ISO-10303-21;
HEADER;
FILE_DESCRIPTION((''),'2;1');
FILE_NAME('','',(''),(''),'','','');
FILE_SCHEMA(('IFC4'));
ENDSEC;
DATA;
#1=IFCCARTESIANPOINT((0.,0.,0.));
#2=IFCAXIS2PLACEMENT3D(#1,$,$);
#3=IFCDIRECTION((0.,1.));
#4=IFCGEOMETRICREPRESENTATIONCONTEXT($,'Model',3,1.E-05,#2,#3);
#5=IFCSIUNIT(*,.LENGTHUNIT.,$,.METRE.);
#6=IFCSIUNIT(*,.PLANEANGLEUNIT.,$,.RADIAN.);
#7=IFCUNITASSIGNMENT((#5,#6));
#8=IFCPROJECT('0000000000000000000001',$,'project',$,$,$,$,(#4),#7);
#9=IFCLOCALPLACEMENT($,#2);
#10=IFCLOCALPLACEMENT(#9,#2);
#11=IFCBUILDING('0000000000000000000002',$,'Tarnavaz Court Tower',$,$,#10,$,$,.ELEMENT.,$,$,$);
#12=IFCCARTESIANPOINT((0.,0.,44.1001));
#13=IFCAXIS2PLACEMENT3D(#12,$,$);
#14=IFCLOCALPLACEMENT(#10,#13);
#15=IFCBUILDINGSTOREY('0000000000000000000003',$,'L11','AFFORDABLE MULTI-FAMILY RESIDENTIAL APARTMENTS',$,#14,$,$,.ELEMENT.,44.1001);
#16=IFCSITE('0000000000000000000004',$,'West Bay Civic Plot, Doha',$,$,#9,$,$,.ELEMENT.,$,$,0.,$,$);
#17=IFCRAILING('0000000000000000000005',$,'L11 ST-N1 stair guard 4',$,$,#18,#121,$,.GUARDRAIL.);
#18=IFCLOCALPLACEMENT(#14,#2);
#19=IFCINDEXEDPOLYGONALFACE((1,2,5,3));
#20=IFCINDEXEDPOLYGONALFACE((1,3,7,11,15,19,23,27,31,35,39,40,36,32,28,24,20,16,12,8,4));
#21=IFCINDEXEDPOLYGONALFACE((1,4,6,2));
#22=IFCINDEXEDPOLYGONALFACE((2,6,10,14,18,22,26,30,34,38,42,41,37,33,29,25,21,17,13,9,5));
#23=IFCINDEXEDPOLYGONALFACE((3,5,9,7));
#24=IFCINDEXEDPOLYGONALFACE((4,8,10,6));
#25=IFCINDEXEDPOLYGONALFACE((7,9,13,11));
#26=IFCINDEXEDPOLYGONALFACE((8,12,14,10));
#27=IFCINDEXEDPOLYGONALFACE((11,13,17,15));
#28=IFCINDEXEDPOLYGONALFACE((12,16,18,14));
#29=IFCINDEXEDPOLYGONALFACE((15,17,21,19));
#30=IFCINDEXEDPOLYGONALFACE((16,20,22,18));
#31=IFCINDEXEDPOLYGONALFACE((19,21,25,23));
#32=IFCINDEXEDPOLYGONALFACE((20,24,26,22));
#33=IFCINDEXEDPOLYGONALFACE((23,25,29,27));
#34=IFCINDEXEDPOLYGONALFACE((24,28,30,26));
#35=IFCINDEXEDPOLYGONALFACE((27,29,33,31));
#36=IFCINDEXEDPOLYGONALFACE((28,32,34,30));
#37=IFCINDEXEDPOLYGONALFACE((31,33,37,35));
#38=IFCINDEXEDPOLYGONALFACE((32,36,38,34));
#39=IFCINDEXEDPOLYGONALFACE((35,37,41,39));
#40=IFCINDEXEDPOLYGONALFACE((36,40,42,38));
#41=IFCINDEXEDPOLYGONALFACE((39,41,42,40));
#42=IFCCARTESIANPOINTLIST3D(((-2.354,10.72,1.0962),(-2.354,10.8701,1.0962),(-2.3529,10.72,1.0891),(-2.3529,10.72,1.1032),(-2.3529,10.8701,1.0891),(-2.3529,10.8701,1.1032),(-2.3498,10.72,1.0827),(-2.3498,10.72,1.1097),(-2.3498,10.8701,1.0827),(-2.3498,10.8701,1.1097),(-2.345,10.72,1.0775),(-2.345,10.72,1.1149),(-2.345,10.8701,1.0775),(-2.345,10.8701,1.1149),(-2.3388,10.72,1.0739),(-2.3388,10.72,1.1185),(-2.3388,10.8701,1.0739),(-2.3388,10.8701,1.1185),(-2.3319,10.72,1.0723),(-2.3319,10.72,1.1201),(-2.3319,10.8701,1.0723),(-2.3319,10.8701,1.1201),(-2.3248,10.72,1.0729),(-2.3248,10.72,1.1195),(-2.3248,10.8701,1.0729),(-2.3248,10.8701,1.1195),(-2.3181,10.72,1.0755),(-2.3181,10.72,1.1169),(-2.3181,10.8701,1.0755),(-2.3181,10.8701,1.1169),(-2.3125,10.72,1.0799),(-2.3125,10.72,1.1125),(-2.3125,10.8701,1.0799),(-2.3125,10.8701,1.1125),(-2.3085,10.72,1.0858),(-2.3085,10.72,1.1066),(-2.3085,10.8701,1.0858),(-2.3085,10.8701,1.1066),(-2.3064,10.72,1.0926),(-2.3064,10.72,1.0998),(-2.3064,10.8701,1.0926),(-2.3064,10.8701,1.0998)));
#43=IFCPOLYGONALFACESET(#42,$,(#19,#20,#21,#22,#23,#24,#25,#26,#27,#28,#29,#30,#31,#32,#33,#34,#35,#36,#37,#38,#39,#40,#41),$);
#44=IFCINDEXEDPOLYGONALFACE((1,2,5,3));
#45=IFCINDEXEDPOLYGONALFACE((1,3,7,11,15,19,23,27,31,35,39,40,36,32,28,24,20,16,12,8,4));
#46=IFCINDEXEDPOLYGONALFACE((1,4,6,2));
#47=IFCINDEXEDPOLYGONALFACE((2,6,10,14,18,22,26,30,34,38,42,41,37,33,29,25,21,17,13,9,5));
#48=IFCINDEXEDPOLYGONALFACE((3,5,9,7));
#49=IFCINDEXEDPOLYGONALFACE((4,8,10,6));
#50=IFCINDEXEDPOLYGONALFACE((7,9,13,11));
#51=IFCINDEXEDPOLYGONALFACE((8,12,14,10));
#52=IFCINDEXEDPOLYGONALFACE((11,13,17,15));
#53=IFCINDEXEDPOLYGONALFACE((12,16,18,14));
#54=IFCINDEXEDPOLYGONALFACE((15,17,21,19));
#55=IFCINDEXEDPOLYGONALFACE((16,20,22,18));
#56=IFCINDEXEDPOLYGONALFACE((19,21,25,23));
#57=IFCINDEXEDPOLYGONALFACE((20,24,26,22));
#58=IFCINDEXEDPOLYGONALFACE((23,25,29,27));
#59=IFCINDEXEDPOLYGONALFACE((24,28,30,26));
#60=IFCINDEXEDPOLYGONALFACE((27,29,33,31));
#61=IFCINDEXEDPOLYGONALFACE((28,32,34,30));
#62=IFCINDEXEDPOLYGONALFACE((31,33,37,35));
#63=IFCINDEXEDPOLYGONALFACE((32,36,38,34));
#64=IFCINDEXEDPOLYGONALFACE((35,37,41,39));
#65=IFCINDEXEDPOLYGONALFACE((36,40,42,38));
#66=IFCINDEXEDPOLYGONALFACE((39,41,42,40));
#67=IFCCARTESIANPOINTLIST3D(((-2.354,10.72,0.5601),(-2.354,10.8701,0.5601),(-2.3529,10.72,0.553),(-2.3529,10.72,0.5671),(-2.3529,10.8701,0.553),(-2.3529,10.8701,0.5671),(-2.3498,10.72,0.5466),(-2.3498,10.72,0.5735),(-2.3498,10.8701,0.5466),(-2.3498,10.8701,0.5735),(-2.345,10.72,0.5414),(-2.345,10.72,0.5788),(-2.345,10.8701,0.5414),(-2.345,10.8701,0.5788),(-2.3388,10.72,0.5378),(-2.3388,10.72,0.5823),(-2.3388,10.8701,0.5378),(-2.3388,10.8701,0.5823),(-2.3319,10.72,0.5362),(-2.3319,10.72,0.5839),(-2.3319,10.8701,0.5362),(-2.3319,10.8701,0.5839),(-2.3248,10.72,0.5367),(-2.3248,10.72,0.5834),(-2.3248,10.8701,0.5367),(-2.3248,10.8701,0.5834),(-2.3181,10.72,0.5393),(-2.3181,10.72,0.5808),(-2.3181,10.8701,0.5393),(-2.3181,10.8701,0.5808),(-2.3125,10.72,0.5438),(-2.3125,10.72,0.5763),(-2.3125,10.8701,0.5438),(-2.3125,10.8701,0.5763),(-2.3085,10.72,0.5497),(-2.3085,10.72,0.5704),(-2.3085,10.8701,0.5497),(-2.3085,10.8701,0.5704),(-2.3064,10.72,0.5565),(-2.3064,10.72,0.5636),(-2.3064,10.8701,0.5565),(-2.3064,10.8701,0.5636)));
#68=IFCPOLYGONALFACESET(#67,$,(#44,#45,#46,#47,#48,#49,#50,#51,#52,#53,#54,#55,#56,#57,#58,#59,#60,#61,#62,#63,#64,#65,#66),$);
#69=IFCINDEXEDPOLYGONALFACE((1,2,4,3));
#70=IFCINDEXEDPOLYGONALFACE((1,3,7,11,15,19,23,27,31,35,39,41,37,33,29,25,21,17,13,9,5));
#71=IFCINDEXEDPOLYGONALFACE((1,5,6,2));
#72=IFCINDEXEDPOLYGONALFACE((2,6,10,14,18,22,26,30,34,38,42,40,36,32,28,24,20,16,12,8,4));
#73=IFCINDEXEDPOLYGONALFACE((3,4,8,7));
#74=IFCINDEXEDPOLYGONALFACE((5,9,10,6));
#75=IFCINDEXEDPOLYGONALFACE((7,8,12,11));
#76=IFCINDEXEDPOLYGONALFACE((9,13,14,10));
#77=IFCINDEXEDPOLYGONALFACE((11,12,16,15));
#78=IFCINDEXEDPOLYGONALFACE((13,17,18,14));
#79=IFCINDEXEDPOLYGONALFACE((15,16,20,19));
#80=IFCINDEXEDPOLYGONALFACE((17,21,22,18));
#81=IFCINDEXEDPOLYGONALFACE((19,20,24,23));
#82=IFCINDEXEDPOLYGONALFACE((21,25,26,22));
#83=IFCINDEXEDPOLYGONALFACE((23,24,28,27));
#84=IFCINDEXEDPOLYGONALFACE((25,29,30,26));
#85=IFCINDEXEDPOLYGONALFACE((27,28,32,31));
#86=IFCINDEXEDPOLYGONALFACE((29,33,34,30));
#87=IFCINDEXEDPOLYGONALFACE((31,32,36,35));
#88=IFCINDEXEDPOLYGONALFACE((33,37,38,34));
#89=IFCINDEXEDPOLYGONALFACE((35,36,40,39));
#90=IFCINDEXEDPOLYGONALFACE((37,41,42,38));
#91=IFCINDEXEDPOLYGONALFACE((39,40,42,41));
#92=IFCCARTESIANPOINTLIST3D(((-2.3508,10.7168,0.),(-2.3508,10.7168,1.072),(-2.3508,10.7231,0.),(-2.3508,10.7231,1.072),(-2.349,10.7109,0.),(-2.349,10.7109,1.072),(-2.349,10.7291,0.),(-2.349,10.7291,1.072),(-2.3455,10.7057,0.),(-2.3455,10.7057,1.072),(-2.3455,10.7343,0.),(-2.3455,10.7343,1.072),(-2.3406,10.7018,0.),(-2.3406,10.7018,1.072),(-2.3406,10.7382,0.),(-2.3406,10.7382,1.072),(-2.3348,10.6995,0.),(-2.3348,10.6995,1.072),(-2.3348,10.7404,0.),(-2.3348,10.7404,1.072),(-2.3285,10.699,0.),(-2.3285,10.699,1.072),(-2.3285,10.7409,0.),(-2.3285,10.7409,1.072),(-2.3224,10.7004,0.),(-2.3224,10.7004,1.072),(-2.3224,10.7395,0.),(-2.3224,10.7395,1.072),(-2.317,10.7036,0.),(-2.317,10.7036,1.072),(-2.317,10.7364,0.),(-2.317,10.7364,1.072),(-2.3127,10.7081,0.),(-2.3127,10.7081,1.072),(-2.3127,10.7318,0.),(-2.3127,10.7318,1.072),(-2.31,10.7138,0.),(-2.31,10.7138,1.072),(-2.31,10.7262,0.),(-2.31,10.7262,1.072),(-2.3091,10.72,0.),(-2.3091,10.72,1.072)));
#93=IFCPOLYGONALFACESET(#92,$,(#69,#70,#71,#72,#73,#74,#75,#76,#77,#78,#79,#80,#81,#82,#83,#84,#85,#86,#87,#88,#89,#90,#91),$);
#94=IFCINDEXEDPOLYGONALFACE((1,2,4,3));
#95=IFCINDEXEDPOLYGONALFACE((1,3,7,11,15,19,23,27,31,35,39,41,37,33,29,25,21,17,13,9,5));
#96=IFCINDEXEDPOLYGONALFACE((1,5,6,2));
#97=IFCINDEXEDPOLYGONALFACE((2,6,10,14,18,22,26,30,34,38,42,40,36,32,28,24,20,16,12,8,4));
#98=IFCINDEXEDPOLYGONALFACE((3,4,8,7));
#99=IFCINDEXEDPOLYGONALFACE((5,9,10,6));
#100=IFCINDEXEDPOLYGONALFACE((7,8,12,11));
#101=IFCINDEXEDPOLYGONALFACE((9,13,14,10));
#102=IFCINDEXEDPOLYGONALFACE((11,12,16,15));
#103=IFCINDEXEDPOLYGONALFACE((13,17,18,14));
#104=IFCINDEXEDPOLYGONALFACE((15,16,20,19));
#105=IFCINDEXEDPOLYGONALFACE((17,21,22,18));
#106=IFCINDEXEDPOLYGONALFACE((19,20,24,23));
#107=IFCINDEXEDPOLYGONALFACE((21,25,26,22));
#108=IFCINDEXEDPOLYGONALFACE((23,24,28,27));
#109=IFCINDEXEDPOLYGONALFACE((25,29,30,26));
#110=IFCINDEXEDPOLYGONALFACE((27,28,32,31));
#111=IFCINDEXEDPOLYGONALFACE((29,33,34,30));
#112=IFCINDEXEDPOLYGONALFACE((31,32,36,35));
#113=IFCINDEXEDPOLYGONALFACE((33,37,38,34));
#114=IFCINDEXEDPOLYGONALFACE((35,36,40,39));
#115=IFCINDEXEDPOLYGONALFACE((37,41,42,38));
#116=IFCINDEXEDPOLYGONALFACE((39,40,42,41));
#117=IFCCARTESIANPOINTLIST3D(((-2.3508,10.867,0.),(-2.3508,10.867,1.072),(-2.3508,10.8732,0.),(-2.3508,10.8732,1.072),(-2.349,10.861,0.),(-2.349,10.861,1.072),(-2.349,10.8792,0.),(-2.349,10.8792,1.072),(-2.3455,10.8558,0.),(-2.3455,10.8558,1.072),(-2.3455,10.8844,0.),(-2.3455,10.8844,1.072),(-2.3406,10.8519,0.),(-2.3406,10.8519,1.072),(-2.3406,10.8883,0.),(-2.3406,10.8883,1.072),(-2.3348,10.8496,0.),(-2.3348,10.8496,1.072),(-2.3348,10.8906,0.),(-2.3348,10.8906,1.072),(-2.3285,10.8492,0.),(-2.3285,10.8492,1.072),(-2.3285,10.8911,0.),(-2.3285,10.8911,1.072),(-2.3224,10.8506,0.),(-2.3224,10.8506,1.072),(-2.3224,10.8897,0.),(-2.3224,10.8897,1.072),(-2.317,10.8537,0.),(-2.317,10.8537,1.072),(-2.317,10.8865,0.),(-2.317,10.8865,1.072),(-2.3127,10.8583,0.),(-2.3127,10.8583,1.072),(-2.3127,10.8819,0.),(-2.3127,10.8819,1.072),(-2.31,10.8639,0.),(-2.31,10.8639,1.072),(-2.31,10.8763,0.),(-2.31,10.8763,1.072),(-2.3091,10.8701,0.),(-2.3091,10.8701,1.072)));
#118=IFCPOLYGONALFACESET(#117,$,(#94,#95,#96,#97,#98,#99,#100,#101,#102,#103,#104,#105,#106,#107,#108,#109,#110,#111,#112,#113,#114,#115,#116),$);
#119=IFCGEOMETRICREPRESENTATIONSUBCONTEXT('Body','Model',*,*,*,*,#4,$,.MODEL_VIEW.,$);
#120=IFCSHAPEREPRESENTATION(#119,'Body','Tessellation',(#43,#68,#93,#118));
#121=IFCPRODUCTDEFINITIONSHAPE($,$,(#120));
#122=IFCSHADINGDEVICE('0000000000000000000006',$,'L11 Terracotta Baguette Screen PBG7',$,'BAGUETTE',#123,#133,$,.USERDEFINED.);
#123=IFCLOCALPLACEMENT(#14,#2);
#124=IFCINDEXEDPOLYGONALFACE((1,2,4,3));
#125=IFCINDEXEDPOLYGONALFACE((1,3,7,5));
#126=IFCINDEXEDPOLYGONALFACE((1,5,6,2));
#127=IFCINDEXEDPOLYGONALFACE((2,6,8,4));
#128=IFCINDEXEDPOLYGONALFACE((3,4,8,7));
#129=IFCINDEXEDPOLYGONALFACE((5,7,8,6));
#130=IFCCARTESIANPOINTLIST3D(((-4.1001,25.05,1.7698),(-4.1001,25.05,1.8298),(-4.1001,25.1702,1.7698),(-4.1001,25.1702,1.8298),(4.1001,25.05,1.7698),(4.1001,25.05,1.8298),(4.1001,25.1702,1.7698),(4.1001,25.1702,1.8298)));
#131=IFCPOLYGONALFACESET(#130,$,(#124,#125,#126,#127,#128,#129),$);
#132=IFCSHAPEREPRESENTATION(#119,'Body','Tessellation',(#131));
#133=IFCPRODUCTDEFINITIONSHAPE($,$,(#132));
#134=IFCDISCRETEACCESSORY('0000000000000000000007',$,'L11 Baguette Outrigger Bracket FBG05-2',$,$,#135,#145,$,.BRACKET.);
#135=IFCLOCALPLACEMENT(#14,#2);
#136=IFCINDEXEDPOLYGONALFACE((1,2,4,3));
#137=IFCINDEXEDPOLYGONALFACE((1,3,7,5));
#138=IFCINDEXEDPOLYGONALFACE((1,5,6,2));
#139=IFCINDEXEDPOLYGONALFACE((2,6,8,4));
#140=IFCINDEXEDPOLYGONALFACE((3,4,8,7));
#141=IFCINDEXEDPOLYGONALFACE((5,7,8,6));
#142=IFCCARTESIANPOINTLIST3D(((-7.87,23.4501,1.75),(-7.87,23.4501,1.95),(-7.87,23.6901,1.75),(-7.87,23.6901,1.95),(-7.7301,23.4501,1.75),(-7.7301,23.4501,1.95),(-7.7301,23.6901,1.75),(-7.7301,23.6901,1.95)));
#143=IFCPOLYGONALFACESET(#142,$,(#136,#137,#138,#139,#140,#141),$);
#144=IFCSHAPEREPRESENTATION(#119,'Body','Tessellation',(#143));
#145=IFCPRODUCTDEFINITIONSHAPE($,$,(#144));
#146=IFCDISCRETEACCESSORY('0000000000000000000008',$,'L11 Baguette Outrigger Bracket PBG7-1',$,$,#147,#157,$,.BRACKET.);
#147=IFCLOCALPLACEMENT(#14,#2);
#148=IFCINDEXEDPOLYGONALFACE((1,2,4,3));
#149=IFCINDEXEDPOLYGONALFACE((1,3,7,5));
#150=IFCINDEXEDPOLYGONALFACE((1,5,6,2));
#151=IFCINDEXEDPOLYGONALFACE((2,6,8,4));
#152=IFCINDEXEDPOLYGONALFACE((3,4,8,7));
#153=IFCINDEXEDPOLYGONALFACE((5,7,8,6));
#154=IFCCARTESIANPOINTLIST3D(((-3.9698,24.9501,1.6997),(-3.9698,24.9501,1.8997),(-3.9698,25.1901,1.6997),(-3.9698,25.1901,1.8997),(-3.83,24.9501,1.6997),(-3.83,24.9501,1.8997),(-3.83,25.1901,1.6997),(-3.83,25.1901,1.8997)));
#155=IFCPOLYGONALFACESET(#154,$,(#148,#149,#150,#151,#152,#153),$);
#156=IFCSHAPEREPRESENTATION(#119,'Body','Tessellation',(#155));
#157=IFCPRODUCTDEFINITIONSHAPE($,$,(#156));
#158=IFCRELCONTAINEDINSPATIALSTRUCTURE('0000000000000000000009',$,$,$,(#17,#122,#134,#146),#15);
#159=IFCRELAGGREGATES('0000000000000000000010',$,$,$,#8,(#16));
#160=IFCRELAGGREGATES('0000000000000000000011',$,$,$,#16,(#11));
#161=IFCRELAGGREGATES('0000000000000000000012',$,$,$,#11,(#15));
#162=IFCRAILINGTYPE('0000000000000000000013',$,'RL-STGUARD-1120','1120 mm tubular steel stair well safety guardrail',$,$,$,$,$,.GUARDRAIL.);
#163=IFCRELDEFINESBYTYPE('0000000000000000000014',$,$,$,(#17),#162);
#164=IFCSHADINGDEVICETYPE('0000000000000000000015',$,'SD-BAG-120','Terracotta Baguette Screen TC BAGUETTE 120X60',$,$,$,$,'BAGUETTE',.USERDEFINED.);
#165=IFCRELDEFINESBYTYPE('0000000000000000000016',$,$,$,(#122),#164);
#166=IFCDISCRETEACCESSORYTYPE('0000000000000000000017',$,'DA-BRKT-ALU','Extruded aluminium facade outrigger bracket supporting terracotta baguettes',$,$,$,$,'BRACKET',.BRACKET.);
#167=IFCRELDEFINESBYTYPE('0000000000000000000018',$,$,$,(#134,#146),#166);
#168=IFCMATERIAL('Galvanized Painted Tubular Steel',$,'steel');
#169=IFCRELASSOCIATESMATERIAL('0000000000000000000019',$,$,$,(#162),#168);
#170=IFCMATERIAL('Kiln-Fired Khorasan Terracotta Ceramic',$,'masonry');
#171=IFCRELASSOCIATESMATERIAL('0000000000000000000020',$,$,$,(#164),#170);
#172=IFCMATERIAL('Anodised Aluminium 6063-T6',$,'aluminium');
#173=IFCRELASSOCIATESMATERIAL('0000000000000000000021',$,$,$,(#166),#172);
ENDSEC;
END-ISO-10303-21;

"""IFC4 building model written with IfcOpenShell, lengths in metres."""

from ifc_helpers import new_model, si_unit, direction, frame, origin, origin_2d, place, context, subcontext, project, spatial, rectangle, circle, extrude, material, material_profile, profile_set, type_object, element, save


model = new_model("IFC4")

# Units and contexts
model_context = context("Model", 3, precision=1e-05, world=origin(), true_north=direction((0.0, 1.0)))
body_context = subcontext(model_context, "Body", "Model", "MODEL_VIEW")
ifc_project = project(units=[si_unit("LENGTHUNIT", "METRE"), si_unit("PLANEANGLEUNIT", "RADIAN")], contexts=[model_context])

# Site, building, storey
site_placement = place(None, origin())
site = spatial("IfcSite", under=ifc_project, at=site_placement, Name="West Bay Civic Plot, Doha", CompositionType="ELEMENT", RefElevation=0.0)
building_placement = place(site_placement, origin())
building = spatial("IfcBuilding", under=site, at=building_placement, Name="Tarnavaz Court Tower", CompositionType="ELEMENT")
storey_placement = place(building_placement, frame((0.0, 0.0, 44.1001)))
storey = spatial("IfcBuildingStorey", under=building, at=storey_placement, Name="L11", Description="AFFORDABLE MULTI-FAMILY RESIDENTIAL APARTMENTS", CompositionType="ELEMENT", Elevation=44.1001)

# Shared definitions
ifc_material_1 = material(Name="Anodised Aluminium 6063-T6", Category="aluminium")

# Railing
ifc_material_2 = material(Name="Galvanized Painted Tubular Steel", Category="steel")
railing_type = type_object("IfcRailingType", Name="RL-STGUARD-1120", Description="1120 mm tubular steel stair well safety guardrail", PredefinedType="GUARDRAIL", material=ifc_material_2)
railing_1_placement = place(storey_placement, frame((-2.3301, 10.72, 0.0)))
element("IfcRailing", 1, at=railing_1_placement, inside=storey, type_object=railing_type, Name="L11 ST-N1 stair guard 4", PredefinedType="GUARDRAIL", context=body_context, shape_type="SweptSolid", body=[
    extrude(circle(Radius=0.0239, at=origin_2d()), frame((0.0, 0.0, 1.0962), z_axis=(0.0, 1.0, 0.0), x_axis=(-1.0, 0.0, 0.0)), (0.0, 0.0, 1.0), 0.1501),
    extrude(circle(Radius=0.0239, at=origin_2d()), frame((0.0, 0.0, 0.5601), z_axis=(0.0, 1.0, 0.0), x_axis=(-1.0, 0.0, 0.0)), (0.0, 0.0, 1.0), 0.1501),
    extrude(circle(Radius=0.021, at=origin_2d()), origin(), (0.0, 0.0, 1.0), 1.072),
    extrude(circle(Radius=0.021, at=origin_2d()), frame((0.0, 0.1501, 0.0)), (0.0, 0.0, 1.0), 1.072),
])

# Shading device
ifc_material_3 = material(Name="Kiln-Fired Khorasan Terracotta Ceramic", Category="masonry")
ifc_material_profile_1 = material_profile(ifc_material_3, rectangle(XDim=0.1201, YDim=0.0601, at=origin_2d()), Name="TC BAGUETTE 120X60")
ifc_profile_set_1 = profile_set([ifc_material_profile_1], Name="Kiln-Fired Khorasan Terracotta Ceramic")
shading_device_type = type_object("IfcShadingDeviceType", Name="SD-BAG-120", Description="Terracotta Baguette Screen TC BAGUETTE 120X60", ElementType="BAGUETTE", PredefinedType="USERDEFINED", material=ifc_profile_set_1)
shading_device_placement = place(storey_placement, frame((-4.1001, 25.1101, 1.7998), z_axis=(1.0, 0.0, 0.0), x_axis=(0.0, 1.0, 0.0)))
element("IfcShadingDevice", 2, at=shading_device_placement, inside=storey, type_object=shading_device_type, Name="L11 Terracotta Baguette Screen PBG7", ObjectType="BAGUETTE", PredefinedType="USERDEFINED", context=body_context, shape_type="SweptSolid", body=[
    extrude(rectangle(XDim=0.1201, YDim=0.0601, at=origin_2d()), origin(), (0.0, 0.0, 1.0), 8.2002),
])

# Discrete accessories
discrete_accessory_type = type_object("IfcDiscreteAccessoryType", Name="DA-BRKT-ALU", Description="Extruded aluminium facade outrigger bracket supporting terracotta baguettes", ElementType="BRACKET", PredefinedType="BRACKET", material=ifc_material_1)
for number, where, z_axis, x_axis, name in (
    (3, (-7.8, 23.5701, 1.75), (0.0, 0.0, 1.0), (1.0, 0.0, 0.0), "L11 Baguette Outrigger Bracket FBG05-2"),
    (4, (-3.8999, 25.0701, 1.6997), (0.0, 0.0, 1.0), (1.0, 0.0, 0.0), "L11 Baguette Outrigger Bracket PBG7-1"),
):
    element("IfcDiscreteAccessory", number, at=place(storey_placement, frame(where, z_axis=z_axis, x_axis=x_axis)), inside=storey, type_object=discrete_accessory_type, Name=name, PredefinedType="BRACKET", context=body_context, shape_type="SweptSolid", body=[
        extrude(rectangle(XDim=0.1399, YDim=0.24, at=origin_2d()), origin(), (0.0, 0.0, 1.0), 0.2),
    ])

save(model, "model.ifc")
